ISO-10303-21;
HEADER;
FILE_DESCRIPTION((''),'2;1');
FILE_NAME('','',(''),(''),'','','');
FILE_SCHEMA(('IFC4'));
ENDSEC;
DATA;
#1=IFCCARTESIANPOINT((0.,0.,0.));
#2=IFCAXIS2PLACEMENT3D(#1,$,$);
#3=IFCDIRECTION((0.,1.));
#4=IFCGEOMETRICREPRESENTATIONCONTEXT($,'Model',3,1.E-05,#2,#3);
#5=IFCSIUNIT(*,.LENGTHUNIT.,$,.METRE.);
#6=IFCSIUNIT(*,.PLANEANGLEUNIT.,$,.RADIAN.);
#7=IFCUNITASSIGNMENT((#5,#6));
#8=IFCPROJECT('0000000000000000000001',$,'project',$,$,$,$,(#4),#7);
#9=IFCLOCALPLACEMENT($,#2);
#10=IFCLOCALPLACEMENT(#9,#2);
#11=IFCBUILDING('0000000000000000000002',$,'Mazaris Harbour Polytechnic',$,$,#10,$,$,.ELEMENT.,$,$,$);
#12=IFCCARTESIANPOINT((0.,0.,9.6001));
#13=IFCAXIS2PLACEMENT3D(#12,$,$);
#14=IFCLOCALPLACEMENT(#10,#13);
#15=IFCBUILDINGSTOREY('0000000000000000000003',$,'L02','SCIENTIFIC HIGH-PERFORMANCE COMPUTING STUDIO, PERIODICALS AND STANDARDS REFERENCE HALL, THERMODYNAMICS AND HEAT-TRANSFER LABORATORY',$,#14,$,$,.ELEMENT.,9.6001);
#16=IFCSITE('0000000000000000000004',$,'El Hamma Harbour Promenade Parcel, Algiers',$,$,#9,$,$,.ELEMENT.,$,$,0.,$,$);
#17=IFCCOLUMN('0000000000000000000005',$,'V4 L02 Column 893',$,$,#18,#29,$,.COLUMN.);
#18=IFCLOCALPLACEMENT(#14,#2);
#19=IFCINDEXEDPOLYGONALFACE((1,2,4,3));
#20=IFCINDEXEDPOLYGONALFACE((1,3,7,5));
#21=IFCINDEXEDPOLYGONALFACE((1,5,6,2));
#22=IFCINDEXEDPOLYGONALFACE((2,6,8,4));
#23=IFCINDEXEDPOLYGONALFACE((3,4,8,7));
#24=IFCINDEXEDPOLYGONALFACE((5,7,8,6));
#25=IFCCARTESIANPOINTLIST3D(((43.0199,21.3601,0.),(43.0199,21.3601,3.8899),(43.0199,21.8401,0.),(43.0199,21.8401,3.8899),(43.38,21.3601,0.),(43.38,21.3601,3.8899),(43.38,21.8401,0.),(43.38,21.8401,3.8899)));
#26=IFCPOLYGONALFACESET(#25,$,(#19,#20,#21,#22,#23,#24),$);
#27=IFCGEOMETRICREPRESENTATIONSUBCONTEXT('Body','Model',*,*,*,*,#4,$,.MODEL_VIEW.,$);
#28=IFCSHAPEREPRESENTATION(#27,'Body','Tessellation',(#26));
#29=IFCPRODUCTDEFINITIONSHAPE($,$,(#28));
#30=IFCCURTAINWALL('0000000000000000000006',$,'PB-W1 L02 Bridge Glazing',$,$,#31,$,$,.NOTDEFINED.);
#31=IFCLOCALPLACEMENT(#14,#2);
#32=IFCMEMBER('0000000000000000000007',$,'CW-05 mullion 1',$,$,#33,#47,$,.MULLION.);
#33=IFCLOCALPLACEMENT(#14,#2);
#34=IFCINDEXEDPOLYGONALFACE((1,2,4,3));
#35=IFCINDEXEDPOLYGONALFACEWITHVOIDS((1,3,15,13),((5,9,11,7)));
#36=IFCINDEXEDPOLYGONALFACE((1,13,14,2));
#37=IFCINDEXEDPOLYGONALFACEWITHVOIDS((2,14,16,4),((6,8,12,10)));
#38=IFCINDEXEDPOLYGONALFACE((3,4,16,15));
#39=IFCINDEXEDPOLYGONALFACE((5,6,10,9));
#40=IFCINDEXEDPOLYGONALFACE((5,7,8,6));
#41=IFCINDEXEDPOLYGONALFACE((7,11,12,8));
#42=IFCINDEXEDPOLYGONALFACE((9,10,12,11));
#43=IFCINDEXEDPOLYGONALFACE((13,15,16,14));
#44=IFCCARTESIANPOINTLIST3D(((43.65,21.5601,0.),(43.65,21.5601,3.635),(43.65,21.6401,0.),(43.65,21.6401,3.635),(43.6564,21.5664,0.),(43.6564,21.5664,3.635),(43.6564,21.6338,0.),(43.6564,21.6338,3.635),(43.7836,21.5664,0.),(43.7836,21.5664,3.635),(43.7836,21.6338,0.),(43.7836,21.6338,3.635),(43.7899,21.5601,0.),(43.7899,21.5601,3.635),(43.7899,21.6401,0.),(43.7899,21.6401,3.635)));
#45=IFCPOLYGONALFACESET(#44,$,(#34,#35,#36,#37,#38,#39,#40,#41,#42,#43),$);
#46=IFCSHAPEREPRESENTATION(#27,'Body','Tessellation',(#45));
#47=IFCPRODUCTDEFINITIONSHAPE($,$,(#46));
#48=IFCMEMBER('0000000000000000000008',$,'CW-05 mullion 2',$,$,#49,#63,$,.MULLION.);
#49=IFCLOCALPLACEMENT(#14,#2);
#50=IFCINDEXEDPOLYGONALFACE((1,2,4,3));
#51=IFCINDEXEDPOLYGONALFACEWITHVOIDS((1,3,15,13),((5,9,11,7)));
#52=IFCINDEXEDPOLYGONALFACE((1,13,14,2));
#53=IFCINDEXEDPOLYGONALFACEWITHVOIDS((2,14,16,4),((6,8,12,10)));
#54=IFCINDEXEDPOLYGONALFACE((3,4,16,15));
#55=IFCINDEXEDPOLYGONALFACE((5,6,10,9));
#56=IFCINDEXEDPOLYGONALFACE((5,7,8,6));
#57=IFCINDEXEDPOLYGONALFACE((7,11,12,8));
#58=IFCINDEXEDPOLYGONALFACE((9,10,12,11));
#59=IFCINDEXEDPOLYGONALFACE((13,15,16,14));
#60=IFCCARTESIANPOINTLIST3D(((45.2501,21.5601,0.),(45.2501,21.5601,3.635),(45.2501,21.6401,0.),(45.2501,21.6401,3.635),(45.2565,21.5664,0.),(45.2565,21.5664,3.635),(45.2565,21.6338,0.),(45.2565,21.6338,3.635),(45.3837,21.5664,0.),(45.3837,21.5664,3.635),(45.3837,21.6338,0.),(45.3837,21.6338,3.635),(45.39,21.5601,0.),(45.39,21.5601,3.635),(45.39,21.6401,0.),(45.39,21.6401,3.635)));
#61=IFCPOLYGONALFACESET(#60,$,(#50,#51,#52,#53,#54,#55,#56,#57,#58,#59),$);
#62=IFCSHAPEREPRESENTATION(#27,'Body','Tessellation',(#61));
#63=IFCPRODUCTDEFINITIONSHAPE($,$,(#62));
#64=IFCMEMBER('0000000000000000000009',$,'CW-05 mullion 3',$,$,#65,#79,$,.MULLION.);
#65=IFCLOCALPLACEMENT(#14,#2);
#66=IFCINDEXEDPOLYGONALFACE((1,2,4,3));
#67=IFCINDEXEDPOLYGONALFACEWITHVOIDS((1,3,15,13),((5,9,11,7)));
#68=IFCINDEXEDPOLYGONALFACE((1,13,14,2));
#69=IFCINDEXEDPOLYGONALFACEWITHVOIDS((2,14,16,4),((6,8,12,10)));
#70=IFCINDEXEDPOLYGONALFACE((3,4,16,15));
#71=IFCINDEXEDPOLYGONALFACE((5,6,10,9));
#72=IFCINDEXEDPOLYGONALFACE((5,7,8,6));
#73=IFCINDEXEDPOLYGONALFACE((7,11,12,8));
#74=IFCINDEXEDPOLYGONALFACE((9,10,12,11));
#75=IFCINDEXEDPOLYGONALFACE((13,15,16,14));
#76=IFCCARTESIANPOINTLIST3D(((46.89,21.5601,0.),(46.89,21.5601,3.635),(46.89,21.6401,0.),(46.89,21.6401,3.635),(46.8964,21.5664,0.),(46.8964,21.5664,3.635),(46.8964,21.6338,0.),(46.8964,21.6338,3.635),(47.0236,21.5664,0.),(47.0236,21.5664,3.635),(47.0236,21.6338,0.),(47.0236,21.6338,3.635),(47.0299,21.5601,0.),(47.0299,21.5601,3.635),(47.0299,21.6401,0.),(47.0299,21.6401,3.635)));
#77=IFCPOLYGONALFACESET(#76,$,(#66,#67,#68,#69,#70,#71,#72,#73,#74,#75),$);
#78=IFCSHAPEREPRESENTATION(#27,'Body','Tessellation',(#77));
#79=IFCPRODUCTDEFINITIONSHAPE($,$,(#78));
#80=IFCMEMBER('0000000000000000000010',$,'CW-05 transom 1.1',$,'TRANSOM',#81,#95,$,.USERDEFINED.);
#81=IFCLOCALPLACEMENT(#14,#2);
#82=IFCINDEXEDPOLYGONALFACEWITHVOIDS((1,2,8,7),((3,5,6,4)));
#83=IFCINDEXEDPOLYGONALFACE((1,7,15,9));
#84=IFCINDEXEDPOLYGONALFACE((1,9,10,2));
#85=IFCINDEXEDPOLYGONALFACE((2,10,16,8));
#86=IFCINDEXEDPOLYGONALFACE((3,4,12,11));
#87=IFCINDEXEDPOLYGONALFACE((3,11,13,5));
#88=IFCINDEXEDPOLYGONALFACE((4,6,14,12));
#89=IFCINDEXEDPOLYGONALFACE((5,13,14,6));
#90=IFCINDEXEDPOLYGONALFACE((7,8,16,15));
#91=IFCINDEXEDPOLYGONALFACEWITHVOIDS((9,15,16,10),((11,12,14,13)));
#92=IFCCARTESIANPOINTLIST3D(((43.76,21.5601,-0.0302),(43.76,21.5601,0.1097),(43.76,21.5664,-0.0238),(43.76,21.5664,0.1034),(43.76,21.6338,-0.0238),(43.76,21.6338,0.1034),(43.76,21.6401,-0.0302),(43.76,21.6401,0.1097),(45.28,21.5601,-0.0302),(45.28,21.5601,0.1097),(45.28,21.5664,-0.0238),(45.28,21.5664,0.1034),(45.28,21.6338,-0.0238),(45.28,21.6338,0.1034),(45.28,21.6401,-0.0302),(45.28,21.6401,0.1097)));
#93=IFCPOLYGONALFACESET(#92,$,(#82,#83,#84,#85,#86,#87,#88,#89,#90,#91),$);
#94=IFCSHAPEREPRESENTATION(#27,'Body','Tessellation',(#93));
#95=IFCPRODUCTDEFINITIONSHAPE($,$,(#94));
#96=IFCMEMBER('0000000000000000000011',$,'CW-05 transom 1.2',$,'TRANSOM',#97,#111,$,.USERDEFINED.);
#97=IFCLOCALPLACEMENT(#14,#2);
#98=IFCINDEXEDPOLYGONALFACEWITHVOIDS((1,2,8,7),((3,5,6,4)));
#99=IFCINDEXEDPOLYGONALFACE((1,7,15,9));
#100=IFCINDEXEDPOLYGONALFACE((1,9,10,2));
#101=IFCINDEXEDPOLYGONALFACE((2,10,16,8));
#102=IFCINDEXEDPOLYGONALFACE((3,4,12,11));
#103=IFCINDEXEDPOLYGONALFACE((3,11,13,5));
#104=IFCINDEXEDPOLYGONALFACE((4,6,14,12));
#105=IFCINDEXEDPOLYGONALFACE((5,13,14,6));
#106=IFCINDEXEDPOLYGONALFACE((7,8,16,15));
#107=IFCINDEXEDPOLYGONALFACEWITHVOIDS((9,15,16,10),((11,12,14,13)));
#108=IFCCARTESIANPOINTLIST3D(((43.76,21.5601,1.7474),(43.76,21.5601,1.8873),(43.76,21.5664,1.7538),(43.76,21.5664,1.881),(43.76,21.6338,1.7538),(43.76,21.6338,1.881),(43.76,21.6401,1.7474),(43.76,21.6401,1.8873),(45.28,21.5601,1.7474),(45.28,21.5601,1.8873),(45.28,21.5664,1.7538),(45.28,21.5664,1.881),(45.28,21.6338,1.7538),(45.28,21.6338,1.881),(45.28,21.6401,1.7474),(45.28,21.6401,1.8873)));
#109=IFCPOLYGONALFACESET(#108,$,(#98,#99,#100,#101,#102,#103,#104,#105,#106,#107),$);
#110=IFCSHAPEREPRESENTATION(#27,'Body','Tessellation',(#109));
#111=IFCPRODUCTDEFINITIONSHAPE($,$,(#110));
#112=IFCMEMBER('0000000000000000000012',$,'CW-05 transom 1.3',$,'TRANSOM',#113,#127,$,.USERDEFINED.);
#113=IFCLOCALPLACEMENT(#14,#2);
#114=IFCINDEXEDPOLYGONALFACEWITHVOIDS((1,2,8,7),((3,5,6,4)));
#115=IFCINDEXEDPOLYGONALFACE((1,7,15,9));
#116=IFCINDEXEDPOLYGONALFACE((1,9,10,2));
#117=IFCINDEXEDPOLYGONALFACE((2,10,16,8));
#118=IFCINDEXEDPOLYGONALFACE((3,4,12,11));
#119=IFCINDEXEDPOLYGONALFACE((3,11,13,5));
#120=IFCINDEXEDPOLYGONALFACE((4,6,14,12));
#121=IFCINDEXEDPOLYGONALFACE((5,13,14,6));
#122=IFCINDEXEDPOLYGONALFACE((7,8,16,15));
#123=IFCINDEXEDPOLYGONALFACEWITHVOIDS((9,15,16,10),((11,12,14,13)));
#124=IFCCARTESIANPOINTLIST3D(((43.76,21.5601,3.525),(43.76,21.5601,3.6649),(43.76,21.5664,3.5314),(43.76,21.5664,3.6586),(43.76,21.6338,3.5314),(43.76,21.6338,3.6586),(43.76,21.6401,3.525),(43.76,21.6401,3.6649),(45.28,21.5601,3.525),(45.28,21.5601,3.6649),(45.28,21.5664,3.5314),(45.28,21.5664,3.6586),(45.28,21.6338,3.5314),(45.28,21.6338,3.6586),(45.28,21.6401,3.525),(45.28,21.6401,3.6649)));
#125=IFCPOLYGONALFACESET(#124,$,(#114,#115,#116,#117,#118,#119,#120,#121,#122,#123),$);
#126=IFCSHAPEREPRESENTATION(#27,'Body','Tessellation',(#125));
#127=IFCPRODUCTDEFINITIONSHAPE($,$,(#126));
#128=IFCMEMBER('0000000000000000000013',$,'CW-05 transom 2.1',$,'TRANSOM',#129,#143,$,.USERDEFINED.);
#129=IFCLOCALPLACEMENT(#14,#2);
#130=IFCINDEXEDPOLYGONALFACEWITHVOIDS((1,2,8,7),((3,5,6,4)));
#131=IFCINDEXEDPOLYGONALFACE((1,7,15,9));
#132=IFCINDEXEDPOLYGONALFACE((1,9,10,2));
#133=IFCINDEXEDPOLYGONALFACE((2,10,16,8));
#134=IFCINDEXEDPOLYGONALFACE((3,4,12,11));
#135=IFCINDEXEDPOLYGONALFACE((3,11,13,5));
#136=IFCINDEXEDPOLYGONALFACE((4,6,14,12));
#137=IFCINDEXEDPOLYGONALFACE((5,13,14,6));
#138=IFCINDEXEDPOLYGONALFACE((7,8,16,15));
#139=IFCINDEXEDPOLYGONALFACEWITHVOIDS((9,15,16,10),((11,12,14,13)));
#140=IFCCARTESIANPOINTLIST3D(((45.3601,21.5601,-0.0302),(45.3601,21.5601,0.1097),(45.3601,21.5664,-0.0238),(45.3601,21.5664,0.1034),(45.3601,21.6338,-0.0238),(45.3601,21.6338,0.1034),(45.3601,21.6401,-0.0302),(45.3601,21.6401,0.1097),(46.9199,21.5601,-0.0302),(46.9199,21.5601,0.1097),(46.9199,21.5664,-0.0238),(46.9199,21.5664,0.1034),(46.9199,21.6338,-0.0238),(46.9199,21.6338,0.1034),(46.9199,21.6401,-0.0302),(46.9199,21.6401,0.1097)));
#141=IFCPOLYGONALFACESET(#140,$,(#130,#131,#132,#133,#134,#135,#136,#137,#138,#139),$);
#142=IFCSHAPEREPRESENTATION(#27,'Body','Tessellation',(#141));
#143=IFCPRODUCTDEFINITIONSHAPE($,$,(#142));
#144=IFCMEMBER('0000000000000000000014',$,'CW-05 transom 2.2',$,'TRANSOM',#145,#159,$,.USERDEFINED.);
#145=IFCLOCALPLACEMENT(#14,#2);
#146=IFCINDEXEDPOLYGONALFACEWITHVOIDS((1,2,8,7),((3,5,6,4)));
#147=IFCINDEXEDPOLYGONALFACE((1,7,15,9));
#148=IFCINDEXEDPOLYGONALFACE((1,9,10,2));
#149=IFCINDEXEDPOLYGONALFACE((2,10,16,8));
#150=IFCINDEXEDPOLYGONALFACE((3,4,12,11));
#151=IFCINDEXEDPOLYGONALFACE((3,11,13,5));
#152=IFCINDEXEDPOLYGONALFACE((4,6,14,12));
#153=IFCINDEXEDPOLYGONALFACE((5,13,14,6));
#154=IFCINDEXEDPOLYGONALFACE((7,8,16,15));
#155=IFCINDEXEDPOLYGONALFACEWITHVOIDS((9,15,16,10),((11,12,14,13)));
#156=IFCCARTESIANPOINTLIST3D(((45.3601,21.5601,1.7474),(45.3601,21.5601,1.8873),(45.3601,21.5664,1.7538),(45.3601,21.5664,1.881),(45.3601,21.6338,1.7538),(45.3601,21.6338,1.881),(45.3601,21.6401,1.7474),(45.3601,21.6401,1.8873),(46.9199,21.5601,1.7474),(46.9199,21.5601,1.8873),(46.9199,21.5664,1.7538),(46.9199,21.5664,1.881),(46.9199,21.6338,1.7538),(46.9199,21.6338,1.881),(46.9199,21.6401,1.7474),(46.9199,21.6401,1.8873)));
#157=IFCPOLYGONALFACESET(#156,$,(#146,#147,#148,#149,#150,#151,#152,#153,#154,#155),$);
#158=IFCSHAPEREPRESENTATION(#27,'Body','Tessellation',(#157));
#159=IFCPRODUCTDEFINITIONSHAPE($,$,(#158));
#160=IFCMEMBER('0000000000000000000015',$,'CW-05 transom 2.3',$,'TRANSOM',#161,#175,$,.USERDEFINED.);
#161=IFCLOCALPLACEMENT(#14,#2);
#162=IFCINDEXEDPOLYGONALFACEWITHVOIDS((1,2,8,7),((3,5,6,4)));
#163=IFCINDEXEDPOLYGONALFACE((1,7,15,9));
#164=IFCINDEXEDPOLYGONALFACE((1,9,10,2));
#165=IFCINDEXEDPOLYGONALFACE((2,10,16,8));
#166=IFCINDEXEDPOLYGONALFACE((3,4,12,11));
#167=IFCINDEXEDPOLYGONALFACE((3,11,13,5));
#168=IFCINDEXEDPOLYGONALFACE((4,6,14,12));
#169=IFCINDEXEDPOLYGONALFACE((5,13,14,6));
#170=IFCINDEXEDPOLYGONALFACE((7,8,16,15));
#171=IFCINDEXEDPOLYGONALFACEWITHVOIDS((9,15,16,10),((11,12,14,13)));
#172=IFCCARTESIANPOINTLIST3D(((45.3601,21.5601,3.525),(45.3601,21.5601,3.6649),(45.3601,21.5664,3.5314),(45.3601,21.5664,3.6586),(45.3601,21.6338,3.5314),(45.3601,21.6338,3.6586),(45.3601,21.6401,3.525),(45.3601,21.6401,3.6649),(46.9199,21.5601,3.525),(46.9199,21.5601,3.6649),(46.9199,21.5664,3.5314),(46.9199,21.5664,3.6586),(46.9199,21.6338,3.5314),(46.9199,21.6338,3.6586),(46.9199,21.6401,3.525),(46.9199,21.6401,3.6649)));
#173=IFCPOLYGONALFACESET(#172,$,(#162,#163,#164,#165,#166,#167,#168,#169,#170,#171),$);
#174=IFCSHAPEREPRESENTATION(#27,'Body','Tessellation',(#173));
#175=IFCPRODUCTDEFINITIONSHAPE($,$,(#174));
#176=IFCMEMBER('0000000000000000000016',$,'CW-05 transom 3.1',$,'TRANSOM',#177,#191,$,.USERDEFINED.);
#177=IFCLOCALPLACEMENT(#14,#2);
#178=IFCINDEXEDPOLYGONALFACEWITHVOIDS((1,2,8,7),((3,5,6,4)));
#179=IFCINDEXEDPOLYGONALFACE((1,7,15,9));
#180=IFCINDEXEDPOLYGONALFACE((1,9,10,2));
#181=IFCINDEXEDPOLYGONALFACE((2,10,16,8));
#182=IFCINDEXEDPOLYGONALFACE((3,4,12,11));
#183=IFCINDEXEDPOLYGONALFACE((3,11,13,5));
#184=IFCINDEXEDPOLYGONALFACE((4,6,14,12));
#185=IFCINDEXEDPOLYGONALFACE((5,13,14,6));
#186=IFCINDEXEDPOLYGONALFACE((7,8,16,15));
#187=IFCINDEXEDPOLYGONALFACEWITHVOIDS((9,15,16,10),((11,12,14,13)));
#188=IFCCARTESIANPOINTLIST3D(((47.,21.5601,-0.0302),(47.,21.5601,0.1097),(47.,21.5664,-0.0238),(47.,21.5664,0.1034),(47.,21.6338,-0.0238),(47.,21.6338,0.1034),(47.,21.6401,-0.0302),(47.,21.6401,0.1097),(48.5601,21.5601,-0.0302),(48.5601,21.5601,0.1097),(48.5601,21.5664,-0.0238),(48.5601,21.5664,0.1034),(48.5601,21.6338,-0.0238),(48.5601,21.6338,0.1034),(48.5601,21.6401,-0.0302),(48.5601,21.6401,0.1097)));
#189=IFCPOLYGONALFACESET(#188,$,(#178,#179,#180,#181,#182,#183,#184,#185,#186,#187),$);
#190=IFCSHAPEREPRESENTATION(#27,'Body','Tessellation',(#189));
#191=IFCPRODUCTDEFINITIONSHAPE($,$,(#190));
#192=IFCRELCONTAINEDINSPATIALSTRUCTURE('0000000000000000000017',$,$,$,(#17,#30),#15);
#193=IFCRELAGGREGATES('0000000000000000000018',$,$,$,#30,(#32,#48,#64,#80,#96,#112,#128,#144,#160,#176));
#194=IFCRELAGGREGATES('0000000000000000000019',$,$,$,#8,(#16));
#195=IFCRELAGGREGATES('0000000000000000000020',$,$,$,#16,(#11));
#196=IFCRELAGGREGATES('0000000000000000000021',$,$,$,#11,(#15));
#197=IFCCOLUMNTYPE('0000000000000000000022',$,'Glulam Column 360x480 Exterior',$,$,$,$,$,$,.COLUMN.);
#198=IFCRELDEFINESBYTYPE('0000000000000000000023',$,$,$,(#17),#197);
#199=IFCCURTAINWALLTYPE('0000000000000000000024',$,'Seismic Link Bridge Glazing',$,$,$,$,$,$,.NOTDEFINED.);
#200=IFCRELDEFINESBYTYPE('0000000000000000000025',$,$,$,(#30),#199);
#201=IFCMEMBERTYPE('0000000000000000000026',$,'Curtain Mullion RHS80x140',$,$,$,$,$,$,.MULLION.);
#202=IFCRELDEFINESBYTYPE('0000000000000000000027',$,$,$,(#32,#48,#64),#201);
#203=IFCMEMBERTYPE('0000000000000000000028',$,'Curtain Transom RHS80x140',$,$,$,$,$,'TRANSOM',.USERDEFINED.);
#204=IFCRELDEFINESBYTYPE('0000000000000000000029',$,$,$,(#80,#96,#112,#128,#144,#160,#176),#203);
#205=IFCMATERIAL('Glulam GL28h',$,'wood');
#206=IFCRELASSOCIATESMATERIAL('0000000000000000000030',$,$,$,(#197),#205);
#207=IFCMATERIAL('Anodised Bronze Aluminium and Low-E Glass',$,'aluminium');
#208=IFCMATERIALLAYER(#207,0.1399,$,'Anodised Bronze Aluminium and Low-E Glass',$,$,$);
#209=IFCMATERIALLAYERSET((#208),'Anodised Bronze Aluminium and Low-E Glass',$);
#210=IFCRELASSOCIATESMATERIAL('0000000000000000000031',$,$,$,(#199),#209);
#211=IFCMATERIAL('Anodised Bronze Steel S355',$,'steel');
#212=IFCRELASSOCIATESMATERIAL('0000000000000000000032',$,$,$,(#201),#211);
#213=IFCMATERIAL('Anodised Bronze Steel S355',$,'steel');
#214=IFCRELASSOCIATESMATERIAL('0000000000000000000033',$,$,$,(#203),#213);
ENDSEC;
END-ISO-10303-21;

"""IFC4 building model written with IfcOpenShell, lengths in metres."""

from ifc_helpers import new_model, si_unit, direction, frame, origin, origin_2d, place, context, subcontext, project, spatial, rectangle, hollow_rectangle, extrude, material, layer, layer_set, material_profile, profile_set, type_object, element, aggregate, save


model = new_model("IFC4")

# Units and contexts
model_context = context("Model", 3, precision=1e-05, world=origin(), true_north=direction((0.0, 1.0)))
body_context = subcontext(model_context, "Body", "Model", "MODEL_VIEW")
ifc_project = project(units=[si_unit("LENGTHUNIT", "METRE"), si_unit("PLANEANGLEUNIT", "RADIAN")], contexts=[model_context])

# Site, building, storey
site_placement = place(None, origin())
site = spatial("IfcSite", under=ifc_project, at=site_placement, Name="El Hamma Harbour Promenade Parcel, Algiers", CompositionType="ELEMENT", RefElevation=0.0)
building_placement = place(site_placement, origin())
building = spatial("IfcBuilding", under=site, at=building_placement, Name="Mazaris Harbour Polytechnic", CompositionType="ELEMENT")
storey_placement = place(building_placement, frame((0.0, 0.0, 9.6001)))
storey = spatial("IfcBuildingStorey", under=building, at=storey_placement, Name="L02", Description="SCIENTIFIC HIGH-PERFORMANCE COMPUTING STUDIO, PERIODICALS AND STANDARDS REFERENCE HALL, THERMODYNAMICS AND HEAT-TRANSFER LABORATORY", CompositionType="ELEMENT", Elevation=9.6001)

# Column
ifc_material_1 = material(Name="Glulam GL28h", Category="wood")
ifc_material_profile_1 = material_profile(ifc_material_1, rectangle(XDim=0.3601, YDim=0.48, at=origin_2d()), Name="RECT360x480")
ifc_profile_set_1 = profile_set([ifc_material_profile_1], Name="Glulam GL28h")
column_type = type_object("IfcColumnType", Name="Glulam Column 360x480 Exterior", PredefinedType="COLUMN", material=ifc_profile_set_1)
column_placement = place(storey_placement, frame((43.2, 21.6001, 0.0), z_axis=(0.0, 0.0, 1.0), x_axis=(1.0, 0.0, 0.0)))
element("IfcColumn", 1, at=column_placement, inside=storey, type_object=column_type, Name="V4 L02 Column 893", PredefinedType="COLUMN", context=body_context, shape_type="SweptSolid", body=[
    extrude(rectangle(XDim=0.3601, YDim=0.48, at=origin_2d()), origin(), (0.0, 0.0, 1.0), 3.8899),
])

# Curtain wall, members
ifc_material_2 = material(Name="Anodised Bronze Aluminium and Low-E Glass", Category="aluminium")
ifc_layer_1 = layer(ifc_material_2, 0.1399, Name="Anodised Bronze Aluminium and Low-E Glass")
ifc_layer_set_1 = layer_set([ifc_layer_1], Name="Anodised Bronze Aluminium and Low-E Glass")
curtain_wall_type = type_object("IfcCurtainWallType", Name="Seismic Link Bridge Glazing", PredefinedType="NOTDEFINED", material=ifc_layer_set_1)
curtain_wall_placement = place(storey_placement, origin())
curtain_wall = element("IfcCurtainWall", 2, at=curtain_wall_placement, inside=storey, type_object=curtain_wall_type, Name="PB-W1 L02 Bridge Glazing", PredefinedType="NOTDEFINED")
ifc_material_3 = material(Name="Anodised Bronze Steel S355", Category="steel")
ifc_material_profile_2 = material_profile(ifc_material_3, hollow_rectangle(XDim=0.0801, YDim=0.1399, WallThickness=0.0063, at=origin_2d()), Name="RHS 80x140x6.3")
ifc_profile_set_2 = profile_set([ifc_material_profile_2], Name="Anodised Bronze Steel S355")
member_type_1 = type_object("IfcMemberType", Name="Curtain Mullion RHS80x140", PredefinedType="MULLION", material=ifc_profile_set_2)
member_1_placement = place(storey_placement, frame((43.72, 21.6001, 0.0), z_axis=(0.0, 0.0, 1.0), x_axis=(0.0, 1.0, 0.0)))
member_1 = element("IfcMember", 3, at=member_1_placement, type_object=member_type_1, Name="CW-05 mullion 1", PredefinedType="MULLION", context=body_context, shape_type="SweptSolid", body=[
    extrude(hollow_rectangle(XDim=0.0801, YDim=0.1399, WallThickness=0.0063, at=origin_2d()), origin(), (0.0, 0.0, 1.0), 3.635),
])
member_2_placement = place(storey_placement, frame((45.3201, 21.6001, 0.0), z_axis=(0.0, 0.0, 1.0), x_axis=(0.0, 1.0, 0.0)))
member_2 = element("IfcMember", 4, at=member_2_placement, type_object=member_type_1, Name="CW-05 mullion 2", PredefinedType="MULLION", context=body_context, shape_type="SweptSolid", body=[
    extrude(hollow_rectangle(XDim=0.0801, YDim=0.1399, WallThickness=0.0063, at=origin_2d()), origin(), (0.0, 0.0, 1.0), 3.635),
])
member_3_placement = place(storey_placement, frame((46.96, 21.6001, 0.0), z_axis=(0.0, 0.0, 1.0), x_axis=(0.0, 1.0, 0.0)))
member_3 = element("IfcMember", 5, at=member_3_placement, type_object=member_type_1, Name="CW-05 mullion 3", PredefinedType="MULLION", context=body_context, shape_type="SweptSolid", body=[
    extrude(hollow_rectangle(XDim=0.0801, YDim=0.1399, WallThickness=0.0063, at=origin_2d()), origin(), (0.0, 0.0, 1.0), 3.635),
])
ifc_material_4 = material(Name="Anodised Bronze Steel S355", Category="steel")
ifc_material_profile_3 = material_profile(ifc_material_4, hollow_rectangle(XDim=0.0801, YDim=0.1399, WallThickness=0.0063, at=origin_2d()), Name="RHS 80x140x6.3")
ifc_profile_set_3 = profile_set([ifc_material_profile_3], Name="Anodised Bronze Steel S355")
member_type_2 = type_object("IfcMemberType", Name="Curtain Transom RHS80x140", ElementType="TRANSOM", PredefinedType="USERDEFINED", material=ifc_profile_set_3)
member_4_placement = place(storey_placement, frame((43.76, 21.6001, 0.0398), z_axis=(1.0, 0.0, 0.0), x_axis=(0.0, 1.0, 0.0)))
member_4 = element("IfcMember", 6, at=member_4_placement, type_object=member_type_2, Name="CW-05 transom 1.1", ObjectType="TRANSOM", PredefinedType="USERDEFINED", context=body_context, shape_type="SweptSolid", body=[
    extrude(hollow_rectangle(XDim=0.0801, YDim=0.1399, WallThickness=0.0063, at=origin_2d()), origin(), (0.0, 0.0, 1.0), 1.52),
])
member_5_placement = place(storey_placement, frame((43.76, 21.6001, 1.8174), z_axis=(1.0, 0.0, 0.0), x_axis=(0.0, 1.0, 0.0)))
member_5 = element("IfcMember", 7, at=member_5_placement, type_object=member_type_2, Name="CW-05 transom 1.2", ObjectType="TRANSOM", PredefinedType="USERDEFINED", context=body_context, shape_type="SweptSolid", body=[
    extrude(hollow_rectangle(XDim=0.0801, YDim=0.1399, WallThickness=0.0063, at=origin_2d()), origin(), (0.0, 0.0, 1.0), 1.52),
])
member_6_placement = place(storey_placement, frame((43.76, 21.6001, 3.595), z_axis=(1.0, 0.0, 0.0), x_axis=(0.0, 1.0, 0.0)))
member_6 = element("IfcMember", 8, at=member_6_placement, type_object=member_type_2, Name="CW-05 transom 1.3", ObjectType="TRANSOM", PredefinedType="USERDEFINED", context=body_context, shape_type="SweptSolid", body=[
    extrude(hollow_rectangle(XDim=0.0801, YDim=0.1399, WallThickness=0.0063, at=origin_2d()), origin(), (0.0, 0.0, 1.0), 1.52),
])
member_7_placement = place(storey_placement, frame((45.3601, 21.6001, 0.0398), z_axis=(1.0, 0.0, 0.0), x_axis=(0.0, 1.0, 0.0)))
member_7 = element("IfcMember", 9, at=member_7_placement, type_object=member_type_2, Name="CW-05 transom 2.1", ObjectType="TRANSOM", PredefinedType="USERDEFINED", context=body_context, shape_type="SweptSolid", body=[
    extrude(hollow_rectangle(XDim=0.0801, YDim=0.1399, WallThickness=0.0063, at=origin_2d()), origin(), (0.0, 0.0, 1.0), 1.5598),
])
member_8_placement = place(storey_placement, frame((45.3601, 21.6001, 1.8174), z_axis=(1.0, 0.0, 0.0), x_axis=(0.0, 1.0, 0.0)))
member_8 = element("IfcMember", 10, at=member_8_placement, type_object=member_type_2, Name="CW-05 transom 2.2", ObjectType="TRANSOM", PredefinedType="USERDEFINED", context=body_context, shape_type="SweptSolid", body=[
    extrude(hollow_rectangle(XDim=0.0801, YDim=0.1399, WallThickness=0.0063, at=origin_2d()), origin(), (0.0, 0.0, 1.0), 1.5598),
])
member_9_placement = place(storey_placement, frame((45.3601, 21.6001, 3.595), z_axis=(1.0, 0.0, 0.0), x_axis=(0.0, 1.0, 0.0)))
member_9 = element("IfcMember", 11, at=member_9_placement, type_object=member_type_2, Name="CW-05 transom 2.3", ObjectType="TRANSOM", PredefinedType="USERDEFINED", context=body_context, shape_type="SweptSolid", body=[
    extrude(hollow_rectangle(XDim=0.0801, YDim=0.1399, WallThickness=0.0063, at=origin_2d()), origin(), (0.0, 0.0, 1.0), 1.5598),
])
member_10_placement = place(storey_placement, frame((47.0, 21.6001, 0.0398), z_axis=(1.0, 0.0, 0.0), x_axis=(0.0, 1.0, 0.0)))
member_10 = element("IfcMember", 12, at=member_10_placement, type_object=member_type_2, Name="CW-05 transom 3.1", ObjectType="TRANSOM", PredefinedType="USERDEFINED", context=body_context, shape_type="SweptSolid", body=[
    extrude(hollow_rectangle(XDim=0.0801, YDim=0.1399, WallThickness=0.0063, at=origin_2d()), origin(), (0.0, 0.0, 1.0), 1.5601),
])

aggregate(curtain_wall, [member_1, member_2, member_3, member_4, member_5, member_6, member_7, member_8, member_9, member_10])

save(model, "model.ifc")
